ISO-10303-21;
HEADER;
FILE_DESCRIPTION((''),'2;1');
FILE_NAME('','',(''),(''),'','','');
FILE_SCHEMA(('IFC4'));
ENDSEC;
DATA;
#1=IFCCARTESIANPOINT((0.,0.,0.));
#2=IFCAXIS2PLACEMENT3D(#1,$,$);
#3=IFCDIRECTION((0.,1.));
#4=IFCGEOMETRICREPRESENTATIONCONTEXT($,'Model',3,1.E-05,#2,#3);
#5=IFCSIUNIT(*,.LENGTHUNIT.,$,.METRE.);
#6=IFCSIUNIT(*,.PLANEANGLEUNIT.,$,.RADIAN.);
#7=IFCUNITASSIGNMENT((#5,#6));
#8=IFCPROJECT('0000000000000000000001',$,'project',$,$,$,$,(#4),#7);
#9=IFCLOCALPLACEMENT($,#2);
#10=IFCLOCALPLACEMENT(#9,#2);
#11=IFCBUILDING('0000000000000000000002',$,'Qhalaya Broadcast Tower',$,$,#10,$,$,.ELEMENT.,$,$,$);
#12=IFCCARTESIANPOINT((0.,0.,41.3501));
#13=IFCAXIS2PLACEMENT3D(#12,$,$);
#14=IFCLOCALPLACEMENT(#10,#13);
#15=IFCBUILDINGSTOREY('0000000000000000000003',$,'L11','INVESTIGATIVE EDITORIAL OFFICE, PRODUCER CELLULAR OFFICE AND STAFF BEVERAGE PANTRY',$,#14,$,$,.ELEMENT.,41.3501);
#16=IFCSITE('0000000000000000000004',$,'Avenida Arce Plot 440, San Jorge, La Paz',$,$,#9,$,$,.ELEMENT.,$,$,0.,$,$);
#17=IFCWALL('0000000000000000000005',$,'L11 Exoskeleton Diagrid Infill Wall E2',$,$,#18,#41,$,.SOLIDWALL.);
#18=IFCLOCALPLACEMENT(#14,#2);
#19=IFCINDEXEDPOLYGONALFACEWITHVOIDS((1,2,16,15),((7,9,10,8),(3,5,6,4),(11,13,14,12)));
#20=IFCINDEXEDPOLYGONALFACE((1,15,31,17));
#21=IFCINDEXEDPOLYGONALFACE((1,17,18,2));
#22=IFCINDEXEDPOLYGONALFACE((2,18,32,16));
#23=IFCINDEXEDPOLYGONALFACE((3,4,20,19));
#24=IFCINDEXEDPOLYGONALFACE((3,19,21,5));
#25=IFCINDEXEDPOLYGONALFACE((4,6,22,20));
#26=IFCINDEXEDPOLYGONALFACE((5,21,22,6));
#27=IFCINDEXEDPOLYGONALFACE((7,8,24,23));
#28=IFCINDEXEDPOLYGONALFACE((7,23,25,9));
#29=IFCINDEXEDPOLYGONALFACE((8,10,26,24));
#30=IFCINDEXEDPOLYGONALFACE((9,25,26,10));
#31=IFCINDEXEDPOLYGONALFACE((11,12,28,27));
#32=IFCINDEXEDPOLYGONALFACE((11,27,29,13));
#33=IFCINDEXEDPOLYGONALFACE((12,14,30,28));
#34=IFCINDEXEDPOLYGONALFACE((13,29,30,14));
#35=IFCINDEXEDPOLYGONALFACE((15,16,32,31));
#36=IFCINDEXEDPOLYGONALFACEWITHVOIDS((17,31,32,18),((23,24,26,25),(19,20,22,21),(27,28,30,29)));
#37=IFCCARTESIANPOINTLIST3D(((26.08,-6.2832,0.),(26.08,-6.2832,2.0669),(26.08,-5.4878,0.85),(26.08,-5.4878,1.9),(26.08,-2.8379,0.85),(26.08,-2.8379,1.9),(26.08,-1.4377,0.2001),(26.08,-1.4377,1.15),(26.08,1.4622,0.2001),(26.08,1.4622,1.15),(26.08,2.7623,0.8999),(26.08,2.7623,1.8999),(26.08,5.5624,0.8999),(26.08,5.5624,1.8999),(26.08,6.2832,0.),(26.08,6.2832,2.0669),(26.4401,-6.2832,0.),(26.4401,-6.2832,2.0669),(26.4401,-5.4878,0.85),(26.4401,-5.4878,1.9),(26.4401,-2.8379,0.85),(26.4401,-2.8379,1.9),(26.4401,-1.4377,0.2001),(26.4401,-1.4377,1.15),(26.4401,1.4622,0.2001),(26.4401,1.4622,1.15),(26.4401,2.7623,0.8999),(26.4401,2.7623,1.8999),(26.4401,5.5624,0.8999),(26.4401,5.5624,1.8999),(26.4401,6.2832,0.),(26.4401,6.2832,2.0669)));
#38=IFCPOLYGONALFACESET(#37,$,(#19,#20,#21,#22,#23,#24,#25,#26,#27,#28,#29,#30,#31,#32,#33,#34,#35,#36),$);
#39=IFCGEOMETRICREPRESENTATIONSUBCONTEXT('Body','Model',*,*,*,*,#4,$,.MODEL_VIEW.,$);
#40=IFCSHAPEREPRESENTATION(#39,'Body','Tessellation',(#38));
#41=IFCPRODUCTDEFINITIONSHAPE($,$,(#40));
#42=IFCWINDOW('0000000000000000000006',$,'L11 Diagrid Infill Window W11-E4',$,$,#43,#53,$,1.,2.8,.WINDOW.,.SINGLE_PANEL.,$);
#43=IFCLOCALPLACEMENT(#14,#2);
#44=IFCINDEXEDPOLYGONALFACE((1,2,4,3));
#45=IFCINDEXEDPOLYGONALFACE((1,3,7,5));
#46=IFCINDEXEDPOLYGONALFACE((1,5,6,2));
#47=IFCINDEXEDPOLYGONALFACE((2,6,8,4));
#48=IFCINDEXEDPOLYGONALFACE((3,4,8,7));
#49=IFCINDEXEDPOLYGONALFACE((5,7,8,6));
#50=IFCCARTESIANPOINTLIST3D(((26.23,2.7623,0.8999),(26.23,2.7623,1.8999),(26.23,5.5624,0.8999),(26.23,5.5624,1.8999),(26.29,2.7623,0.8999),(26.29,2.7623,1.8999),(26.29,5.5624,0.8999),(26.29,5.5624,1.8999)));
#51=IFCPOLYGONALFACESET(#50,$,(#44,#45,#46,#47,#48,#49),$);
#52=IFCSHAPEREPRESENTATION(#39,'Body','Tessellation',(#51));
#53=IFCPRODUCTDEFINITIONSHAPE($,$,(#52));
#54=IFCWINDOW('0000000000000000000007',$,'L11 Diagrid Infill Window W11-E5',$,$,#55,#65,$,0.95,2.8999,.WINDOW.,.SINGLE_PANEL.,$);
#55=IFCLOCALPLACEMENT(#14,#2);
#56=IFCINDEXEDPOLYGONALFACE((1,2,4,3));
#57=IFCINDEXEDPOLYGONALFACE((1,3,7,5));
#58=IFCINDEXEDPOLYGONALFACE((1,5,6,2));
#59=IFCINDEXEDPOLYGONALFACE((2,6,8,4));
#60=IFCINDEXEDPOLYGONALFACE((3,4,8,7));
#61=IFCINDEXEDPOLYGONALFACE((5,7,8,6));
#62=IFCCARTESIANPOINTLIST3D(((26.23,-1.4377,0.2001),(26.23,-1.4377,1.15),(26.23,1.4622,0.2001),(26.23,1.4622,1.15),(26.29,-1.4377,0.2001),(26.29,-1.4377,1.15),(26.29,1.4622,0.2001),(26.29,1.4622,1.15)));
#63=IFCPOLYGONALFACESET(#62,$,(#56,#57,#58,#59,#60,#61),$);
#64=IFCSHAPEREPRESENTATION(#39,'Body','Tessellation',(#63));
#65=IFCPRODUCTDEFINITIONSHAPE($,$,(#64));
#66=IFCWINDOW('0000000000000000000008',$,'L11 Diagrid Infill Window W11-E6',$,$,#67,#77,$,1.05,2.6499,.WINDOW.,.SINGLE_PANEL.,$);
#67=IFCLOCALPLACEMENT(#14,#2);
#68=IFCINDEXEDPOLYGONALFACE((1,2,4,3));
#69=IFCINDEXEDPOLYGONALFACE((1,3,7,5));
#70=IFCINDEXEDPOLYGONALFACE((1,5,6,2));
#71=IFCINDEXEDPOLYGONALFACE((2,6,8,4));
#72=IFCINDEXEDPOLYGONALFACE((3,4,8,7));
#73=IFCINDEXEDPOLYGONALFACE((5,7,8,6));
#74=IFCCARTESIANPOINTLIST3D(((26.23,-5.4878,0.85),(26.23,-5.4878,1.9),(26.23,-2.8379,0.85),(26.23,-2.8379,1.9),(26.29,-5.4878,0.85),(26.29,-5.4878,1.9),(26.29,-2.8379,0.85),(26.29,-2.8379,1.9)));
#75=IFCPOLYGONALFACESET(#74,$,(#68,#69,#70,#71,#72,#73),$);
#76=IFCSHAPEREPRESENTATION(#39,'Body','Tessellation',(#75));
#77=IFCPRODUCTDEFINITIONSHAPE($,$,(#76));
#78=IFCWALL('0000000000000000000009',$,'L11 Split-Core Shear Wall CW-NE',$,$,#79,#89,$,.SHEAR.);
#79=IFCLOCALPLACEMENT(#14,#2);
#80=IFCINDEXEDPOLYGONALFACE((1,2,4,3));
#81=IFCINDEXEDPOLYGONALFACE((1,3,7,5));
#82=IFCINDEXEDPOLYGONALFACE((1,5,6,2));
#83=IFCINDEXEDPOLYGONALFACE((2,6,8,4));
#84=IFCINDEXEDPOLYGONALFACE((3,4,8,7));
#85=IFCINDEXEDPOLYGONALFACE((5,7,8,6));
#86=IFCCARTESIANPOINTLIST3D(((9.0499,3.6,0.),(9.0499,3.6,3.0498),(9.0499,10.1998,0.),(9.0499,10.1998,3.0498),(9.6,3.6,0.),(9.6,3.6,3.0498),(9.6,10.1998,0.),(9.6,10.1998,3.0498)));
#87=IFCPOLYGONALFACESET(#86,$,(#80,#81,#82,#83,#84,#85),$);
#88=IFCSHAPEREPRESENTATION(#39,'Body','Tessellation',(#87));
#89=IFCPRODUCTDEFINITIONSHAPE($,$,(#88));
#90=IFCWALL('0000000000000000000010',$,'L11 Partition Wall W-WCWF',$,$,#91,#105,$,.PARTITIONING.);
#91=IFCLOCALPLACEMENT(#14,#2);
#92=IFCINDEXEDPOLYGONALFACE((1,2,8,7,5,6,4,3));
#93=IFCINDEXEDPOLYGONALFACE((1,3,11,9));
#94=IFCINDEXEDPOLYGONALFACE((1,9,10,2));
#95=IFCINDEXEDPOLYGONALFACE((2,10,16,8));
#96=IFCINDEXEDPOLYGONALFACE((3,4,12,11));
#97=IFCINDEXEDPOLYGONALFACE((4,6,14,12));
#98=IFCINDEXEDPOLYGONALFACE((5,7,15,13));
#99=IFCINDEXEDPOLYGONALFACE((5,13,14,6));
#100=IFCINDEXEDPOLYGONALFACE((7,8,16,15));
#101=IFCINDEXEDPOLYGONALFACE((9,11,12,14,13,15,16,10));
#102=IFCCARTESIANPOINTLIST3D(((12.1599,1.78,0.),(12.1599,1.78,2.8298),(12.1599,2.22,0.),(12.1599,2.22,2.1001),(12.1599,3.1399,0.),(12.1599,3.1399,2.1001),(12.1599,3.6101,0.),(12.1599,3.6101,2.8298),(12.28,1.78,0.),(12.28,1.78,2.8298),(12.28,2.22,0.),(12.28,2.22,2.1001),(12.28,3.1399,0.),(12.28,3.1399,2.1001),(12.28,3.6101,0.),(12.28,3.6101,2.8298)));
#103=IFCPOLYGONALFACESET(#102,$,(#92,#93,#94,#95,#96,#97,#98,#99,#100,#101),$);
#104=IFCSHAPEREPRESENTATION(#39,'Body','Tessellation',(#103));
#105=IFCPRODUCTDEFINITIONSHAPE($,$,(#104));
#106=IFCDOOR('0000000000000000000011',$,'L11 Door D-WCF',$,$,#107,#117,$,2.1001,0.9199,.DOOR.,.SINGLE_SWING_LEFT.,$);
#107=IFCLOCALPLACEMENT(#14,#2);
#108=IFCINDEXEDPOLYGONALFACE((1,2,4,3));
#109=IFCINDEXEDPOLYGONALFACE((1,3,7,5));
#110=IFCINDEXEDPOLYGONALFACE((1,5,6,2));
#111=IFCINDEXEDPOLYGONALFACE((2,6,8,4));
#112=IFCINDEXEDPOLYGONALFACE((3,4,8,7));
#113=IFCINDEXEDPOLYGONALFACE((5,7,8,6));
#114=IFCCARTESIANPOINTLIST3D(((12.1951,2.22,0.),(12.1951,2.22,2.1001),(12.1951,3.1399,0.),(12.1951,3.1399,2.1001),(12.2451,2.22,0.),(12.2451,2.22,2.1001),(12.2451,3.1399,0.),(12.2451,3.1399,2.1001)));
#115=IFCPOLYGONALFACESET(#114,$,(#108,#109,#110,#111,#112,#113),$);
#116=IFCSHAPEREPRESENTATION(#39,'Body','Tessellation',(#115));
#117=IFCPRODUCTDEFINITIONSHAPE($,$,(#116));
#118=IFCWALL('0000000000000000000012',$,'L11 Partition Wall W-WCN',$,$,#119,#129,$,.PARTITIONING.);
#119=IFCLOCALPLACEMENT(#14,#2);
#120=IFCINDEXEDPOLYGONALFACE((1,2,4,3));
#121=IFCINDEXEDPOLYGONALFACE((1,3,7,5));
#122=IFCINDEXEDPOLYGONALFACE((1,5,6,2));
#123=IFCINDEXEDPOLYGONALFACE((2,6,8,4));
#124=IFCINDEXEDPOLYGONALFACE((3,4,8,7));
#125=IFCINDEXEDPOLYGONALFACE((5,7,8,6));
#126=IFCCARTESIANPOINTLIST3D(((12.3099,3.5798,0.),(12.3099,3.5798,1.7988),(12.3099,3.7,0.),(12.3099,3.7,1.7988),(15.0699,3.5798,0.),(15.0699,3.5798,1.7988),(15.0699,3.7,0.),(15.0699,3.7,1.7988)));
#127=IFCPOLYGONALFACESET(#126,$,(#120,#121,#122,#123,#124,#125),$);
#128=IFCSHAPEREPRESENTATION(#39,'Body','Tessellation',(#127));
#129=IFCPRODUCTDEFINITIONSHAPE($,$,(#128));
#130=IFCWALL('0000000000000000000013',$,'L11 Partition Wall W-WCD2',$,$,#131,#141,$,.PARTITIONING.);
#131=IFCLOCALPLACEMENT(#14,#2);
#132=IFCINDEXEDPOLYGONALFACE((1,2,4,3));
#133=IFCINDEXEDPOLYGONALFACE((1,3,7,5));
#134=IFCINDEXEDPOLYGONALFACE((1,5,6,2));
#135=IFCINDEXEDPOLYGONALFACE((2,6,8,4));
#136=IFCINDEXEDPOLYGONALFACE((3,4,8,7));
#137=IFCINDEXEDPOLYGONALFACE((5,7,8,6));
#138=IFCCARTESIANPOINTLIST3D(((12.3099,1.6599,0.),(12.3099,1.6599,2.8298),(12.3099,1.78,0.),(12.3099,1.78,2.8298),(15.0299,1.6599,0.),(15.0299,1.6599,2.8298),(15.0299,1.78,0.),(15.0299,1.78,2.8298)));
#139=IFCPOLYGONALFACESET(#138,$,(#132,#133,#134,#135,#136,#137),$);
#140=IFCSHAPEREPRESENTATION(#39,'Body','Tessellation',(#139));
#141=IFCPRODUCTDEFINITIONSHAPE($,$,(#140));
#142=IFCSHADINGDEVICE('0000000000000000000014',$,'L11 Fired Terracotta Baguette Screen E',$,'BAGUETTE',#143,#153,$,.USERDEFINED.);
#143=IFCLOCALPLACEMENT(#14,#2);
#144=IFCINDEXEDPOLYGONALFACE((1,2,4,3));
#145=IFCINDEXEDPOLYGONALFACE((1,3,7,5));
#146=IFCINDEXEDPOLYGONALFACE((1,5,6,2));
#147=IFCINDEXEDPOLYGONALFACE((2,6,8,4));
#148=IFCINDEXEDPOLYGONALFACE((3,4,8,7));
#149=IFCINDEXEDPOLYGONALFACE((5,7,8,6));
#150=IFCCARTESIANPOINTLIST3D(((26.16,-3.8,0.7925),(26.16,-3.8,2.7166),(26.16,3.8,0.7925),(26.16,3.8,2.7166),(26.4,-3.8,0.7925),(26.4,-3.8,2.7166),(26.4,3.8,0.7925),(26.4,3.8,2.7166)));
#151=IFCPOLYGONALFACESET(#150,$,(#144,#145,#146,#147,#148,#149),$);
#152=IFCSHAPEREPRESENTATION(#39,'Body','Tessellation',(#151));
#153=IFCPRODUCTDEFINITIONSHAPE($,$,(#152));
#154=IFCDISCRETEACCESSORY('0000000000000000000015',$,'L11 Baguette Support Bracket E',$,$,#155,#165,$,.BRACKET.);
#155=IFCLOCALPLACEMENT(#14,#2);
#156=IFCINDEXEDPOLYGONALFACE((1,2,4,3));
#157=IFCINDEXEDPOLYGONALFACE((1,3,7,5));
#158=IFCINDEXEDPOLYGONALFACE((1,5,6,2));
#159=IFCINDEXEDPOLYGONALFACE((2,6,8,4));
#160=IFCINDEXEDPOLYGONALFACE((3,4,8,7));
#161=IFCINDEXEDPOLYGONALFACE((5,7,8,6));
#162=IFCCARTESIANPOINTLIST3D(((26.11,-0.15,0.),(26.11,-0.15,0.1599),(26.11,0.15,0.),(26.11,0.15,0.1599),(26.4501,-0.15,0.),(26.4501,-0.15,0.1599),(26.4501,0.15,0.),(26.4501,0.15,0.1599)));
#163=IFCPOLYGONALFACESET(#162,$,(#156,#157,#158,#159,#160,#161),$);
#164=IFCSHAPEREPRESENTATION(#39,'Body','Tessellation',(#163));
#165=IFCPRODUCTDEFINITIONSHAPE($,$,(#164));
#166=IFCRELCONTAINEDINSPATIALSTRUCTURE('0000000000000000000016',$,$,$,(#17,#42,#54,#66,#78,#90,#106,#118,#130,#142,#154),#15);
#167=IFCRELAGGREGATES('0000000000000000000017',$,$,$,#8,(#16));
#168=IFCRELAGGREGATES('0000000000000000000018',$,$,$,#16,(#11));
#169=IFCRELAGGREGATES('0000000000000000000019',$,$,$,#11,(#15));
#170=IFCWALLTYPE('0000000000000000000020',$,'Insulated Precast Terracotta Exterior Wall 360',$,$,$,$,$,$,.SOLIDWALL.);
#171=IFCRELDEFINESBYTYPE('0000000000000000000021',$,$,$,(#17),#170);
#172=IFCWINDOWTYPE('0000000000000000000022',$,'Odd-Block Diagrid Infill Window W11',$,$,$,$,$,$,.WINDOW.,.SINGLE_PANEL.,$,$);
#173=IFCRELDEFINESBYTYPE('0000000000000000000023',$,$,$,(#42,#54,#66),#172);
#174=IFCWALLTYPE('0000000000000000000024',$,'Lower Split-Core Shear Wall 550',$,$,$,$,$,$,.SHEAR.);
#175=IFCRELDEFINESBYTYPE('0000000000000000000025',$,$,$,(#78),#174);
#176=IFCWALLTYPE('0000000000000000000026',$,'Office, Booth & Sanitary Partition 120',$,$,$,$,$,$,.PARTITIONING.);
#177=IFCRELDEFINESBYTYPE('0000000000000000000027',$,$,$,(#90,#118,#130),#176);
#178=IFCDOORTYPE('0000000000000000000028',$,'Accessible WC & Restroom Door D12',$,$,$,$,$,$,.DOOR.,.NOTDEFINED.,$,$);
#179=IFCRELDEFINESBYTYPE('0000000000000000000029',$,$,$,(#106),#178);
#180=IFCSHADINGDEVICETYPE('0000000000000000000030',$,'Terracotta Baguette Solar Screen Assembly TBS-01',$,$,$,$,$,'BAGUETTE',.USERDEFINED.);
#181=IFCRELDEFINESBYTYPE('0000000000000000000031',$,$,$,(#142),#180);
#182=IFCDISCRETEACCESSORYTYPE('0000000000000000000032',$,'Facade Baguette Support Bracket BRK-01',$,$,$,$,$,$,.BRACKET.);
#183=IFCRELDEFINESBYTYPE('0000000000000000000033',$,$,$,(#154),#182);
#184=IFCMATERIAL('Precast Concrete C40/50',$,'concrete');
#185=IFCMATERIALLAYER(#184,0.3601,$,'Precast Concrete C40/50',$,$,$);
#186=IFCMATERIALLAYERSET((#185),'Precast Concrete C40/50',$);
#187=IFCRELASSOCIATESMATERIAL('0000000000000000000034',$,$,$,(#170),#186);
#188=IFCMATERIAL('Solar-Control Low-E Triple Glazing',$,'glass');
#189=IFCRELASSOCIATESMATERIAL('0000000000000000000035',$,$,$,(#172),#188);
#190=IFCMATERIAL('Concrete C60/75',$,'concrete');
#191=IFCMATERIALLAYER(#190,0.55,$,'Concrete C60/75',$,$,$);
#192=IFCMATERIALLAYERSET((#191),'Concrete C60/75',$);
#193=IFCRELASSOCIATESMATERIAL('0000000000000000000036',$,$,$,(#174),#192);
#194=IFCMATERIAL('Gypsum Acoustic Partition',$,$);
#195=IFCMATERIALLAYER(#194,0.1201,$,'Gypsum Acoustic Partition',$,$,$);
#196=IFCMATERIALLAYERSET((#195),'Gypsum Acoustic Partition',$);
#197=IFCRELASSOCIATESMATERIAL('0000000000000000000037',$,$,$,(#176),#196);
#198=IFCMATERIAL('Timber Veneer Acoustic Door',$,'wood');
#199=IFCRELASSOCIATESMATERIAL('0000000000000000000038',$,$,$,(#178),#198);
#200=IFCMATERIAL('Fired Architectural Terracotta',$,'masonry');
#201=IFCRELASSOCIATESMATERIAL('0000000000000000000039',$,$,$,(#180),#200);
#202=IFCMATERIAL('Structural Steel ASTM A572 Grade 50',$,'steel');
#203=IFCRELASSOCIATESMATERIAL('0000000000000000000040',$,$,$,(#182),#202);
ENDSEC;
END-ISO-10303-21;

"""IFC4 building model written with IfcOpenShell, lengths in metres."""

from ifc_helpers import new_model, si_unit, direction, frame, frame_2d, origin, origin_2d, place, context, subcontext, project, spatial, rectangle, extrude, material, layer, layer_set, type_object, element, fill, save


model = new_model("IFC4")

# Units and contexts
model_context = context("Model", 3, precision=1e-05, world=origin(), true_north=direction((0.0, 1.0)))
body_context = subcontext(model_context, "Body", "Model", "MODEL_VIEW")
ifc_project = project(units=[si_unit("LENGTHUNIT", "METRE"), si_unit("PLANEANGLEUNIT", "RADIAN")], contexts=[model_context])

# Site, building, storey
site_placement = place(None, origin())
site = spatial("IfcSite", under=ifc_project, at=site_placement, Name="Avenida Arce Plot 440, San Jorge, La Paz", CompositionType="ELEMENT", RefElevation=0.0)
building_placement = place(site_placement, origin())
building = spatial("IfcBuilding", under=site, at=building_placement, Name="Qhalaya Broadcast Tower", CompositionType="ELEMENT")
storey_placement = place(building_placement, frame((0.0, 0.0, 41.3501)))
storey = spatial("IfcBuildingStorey", under=building, at=storey_placement, Name="L11", Description="INVESTIGATIVE EDITORIAL OFFICE, PRODUCER CELLULAR OFFICE AND STAFF BEVERAGE PANTRY", CompositionType="ELEMENT", Elevation=41.3501)

# Shared definitions
ifc_material_1 = material(Name="Gypsum Acoustic Partition")
ifc_material_2 = material(Name="Timber Veneer Acoustic Door", Category="wood")

# Wall, openings, windows
ifc_material_3 = material(Name="Precast Concrete C40/50", Category="concrete")
ifc_layer_1 = layer(ifc_material_3, 0.3601, Name="Precast Concrete C40/50")
ifc_layer_set_1 = layer_set([ifc_layer_1], Name="Precast Concrete C40/50")
wall_type_1 = type_object("IfcWallType", Name="Insulated Precast Terracotta Exterior Wall 360", PredefinedType="SOLIDWALL", material=ifc_layer_set_1)
wall_1_placement = place(storey_placement, frame((26.26, 6.2832, 0.0), z_axis=(0.0, 0.0, 1.0), x_axis=(0.0, -1.0, 0.0)))
wall_1 = element("IfcWall", 1, at=wall_1_placement, inside=storey, type_object=wall_type_1, Name="L11 Exoskeleton Diagrid Infill Wall E2", PredefinedType="SOLIDWALL", context=body_context, shape_type="SweptSolid", body=[
    extrude(rectangle(XDim=12.5664, YDim=0.3601, at=frame_2d((6.2832, 0.0))), origin(), (0.0, 0.0, 1.0), 2.0669),
])
opening_1_placement = place(wall_1_placement, frame((0.7209, 0.0, 0.8999)))
opening_1 = element("IfcOpeningElement", 2, at=opening_1_placement, cuts=wall_1, PredefinedType="OPENING", context=body_context, shape_type="SweptSolid", body=[
    extrude(rectangle(XDim=2.8, YDim=1.0, at=frame_2d((1.3999, 0.5))), frame((0.0, 0.1921, 0.0), z_axis=(0.0, -1.0, 0.0), x_axis=(1.0, 0.0, 0.0)), (0.0, 0.0, 1.0), 0.384),
])
opening_2_placement = place(wall_1_placement, frame((4.821, 0.0, 0.2)))
opening_2 = element("IfcOpeningElement", 3, at=opening_2_placement, cuts=wall_1, PredefinedType="OPENING", context=body_context, shape_type="SweptSolid", body=[
    extrude(rectangle(XDim=2.8999, YDim=0.95, at=frame_2d((1.45, 0.4751))), frame((0.0, 0.1921, 0.0), z_axis=(0.0, -1.0, 0.0), x_axis=(1.0, 0.0, 0.0)), (0.0, 0.0, 1.0), 0.384),
])
opening_3_placement = place(wall_1_placement, frame((9.1211, 0.0, 0.8501)))
opening_3 = element("IfcOpeningElement", 4, at=opening_3_placement, cuts=wall_1, PredefinedType="OPENING", context=body_context, shape_type="SweptSolid", body=[
    extrude(rectangle(XDim=2.6499, YDim=1.05, at=frame_2d((1.325, 0.5249))), frame((0.0, 0.1921, 0.0), z_axis=(0.0, -1.0, 0.0), x_axis=(1.0, 0.0, 0.0)), (0.0, 0.0, 1.0), 0.384),
])
ifc_material_4 = material(Name="Solar-Control Low-E Triple Glazing", Category="glass")
window_type = type_object("IfcWindowType", Name="Odd-Block Diagrid Infill Window W11", PartitioningType="SINGLE_PANEL", PredefinedType="WINDOW", material=ifc_material_4)
window_1_placement = place(opening_1_placement, origin())
window_1 = element("IfcWindow", 5, at=window_1_placement, inside=storey, type_object=window_type, Name="L11 Diagrid Infill Window W11-E4", OverallHeight=1.0, OverallWidth=2.8, PartitioningType="SINGLE_PANEL", PredefinedType="WINDOW", context=body_context, shape_type="SweptSolid", body=[
    extrude(rectangle(XDim=2.8, YDim=1.0, at=frame_2d((1.3999, 0.5))), frame((0.0, 0.03, 0.0), z_axis=(0.0, -1.0, 0.0), x_axis=(1.0, 0.0, 0.0)), (0.0, 0.0, 1.0), 0.0601),
])
fill(opening_1, window_1)
window_2_placement = place(opening_2_placement, origin())
window_2 = element("IfcWindow", 6, at=window_2_placement, inside=storey, type_object=window_type, Name="L11 Diagrid Infill Window W11-E5", OverallHeight=0.95, OverallWidth=2.8999, PartitioningType="SINGLE_PANEL", PredefinedType="WINDOW", context=body_context, shape_type="SweptSolid", body=[
    extrude(rectangle(XDim=2.8999, YDim=0.95, at=frame_2d((1.45, 0.4751))), frame((0.0, 0.03, 0.0), z_axis=(0.0, -1.0, 0.0), x_axis=(1.0, 0.0, 0.0)), (0.0, 0.0, 1.0), 0.0601),
])
fill(opening_2, window_2)
window_3_placement = place(opening_3_placement, origin())
window_3 = element("IfcWindow", 7, at=window_3_placement, inside=storey, type_object=window_type, Name="L11 Diagrid Infill Window W11-E6", OverallHeight=1.05, OverallWidth=2.6499, PartitioningType="SINGLE_PANEL", PredefinedType="WINDOW", context=body_context, shape_type="SweptSolid", body=[
    extrude(rectangle(XDim=2.6499, YDim=1.05, at=frame_2d((1.325, 0.5249))), frame((0.0, 0.03, 0.0), z_axis=(0.0, -1.0, 0.0), x_axis=(1.0, 0.0, 0.0)), (0.0, 0.0, 1.0), 0.0601),
])
fill(opening_3, window_3)

# Wall
ifc_material_5 = material(Name="Concrete C60/75", Category="concrete")
ifc_layer_2 = layer(ifc_material_5, 0.55, Name="Concrete C60/75")
ifc_layer_set_2 = layer_set([ifc_layer_2], Name="Concrete C60/75")
wall_type_2 = type_object("IfcWallType", Name="Lower Split-Core Shear Wall 550", PredefinedType="SHEAR", material=ifc_layer_set_2)
wall_2_placement = place(storey_placement, frame((9.325, 3.6001, 0.0), z_axis=(0.0, 0.0, 1.0), x_axis=(0.0, 1.0, 0.0)))
element("IfcWall", 8, at=wall_2_placement, inside=storey, type_object=wall_type_2, Name="L11 Split-Core Shear Wall CW-NE", PredefinedType="SHEAR", context=body_context, shape_type="SweptSolid", body=[
    extrude(rectangle(XDim=6.5999, YDim=0.55, at=frame_2d((3.2998, 0.0))), origin(), (0.0, 0.0, 1.0), 3.0498),
])

# Wall, opening, door
ifc_layer_3 = layer(ifc_material_1, 0.1201, Name="Gypsum Acoustic Partition")
ifc_layer_set_3 = layer_set([ifc_layer_3], Name="Gypsum Acoustic Partition")
wall_type_3 = type_object("IfcWallType", Name="Office, Booth & Sanitary Partition 120", PredefinedType="PARTITIONING", material=ifc_layer_set_3)
wall_3_placement = place(storey_placement, frame((12.22, 1.78, 0.0), z_axis=(0.0, 0.0, 1.0), x_axis=(0.0, 1.0, 0.0)))
wall_3 = element("IfcWall", 9, at=wall_3_placement, inside=storey, type_object=wall_type_3, Name="L11 Partition Wall W-WCWF", PredefinedType="PARTITIONING", context=body_context, shape_type="SweptSolid", body=[
    extrude(rectangle(XDim=1.8301, YDim=0.1201, at=frame_2d((0.915, 0.0))), origin(), (0.0, 0.0, 1.0), 2.8298),
])
opening_4_placement = place(wall_3_placement, frame((0.4399, 0.0, 0.0)))
opening_4 = element("IfcOpeningElement", 10, at=opening_4_placement, cuts=wall_3, PredefinedType="OPENING", context=body_context, shape_type="SweptSolid", body=[
    extrude(rectangle(XDim=0.9199, YDim=2.1001, at=frame_2d((0.46, 1.05))), frame((0.0, 0.072, 0.0), z_axis=(0.0, -1.0, 0.0), x_axis=(1.0, 0.0, 0.0)), (0.0, 0.0, 1.0), 0.144),
])
door_type_1 = type_object("IfcDoorType", Name="Accessible WC & Restroom Door D12", OperationType="NOTDEFINED", PredefinedType="DOOR", material=ifc_material_2)
door_1_placement = place(opening_4_placement, origin())
door_1 = element("IfcDoor", 11, at=door_1_placement, inside=storey, type_object=door_type_1, Name="L11 Door D-WCF", OperationType="SINGLE_SWING_LEFT", OverallHeight=2.1001, OverallWidth=0.9199, PredefinedType="DOOR", context=body_context, shape_type="SweptSolid", body=[
    extrude(rectangle(XDim=0.9199, YDim=2.1001, at=frame_2d((0.46, 1.05))), frame((0.0, 0.0249, 0.0), z_axis=(0.0, -1.0, 0.0), x_axis=(1.0, 0.0, 0.0)), (0.0, 0.0, 1.0), 0.05),
])
fill(opening_4, door_1)

# Walls
wall_4_placement = place(storey_placement, frame((12.3101, 3.6399, 0.0), z_axis=(0.0, 0.0, 1.0), x_axis=(1.0, 0.0, 0.0)))
element("IfcWall", 12, at=wall_4_placement, inside=storey, type_object=wall_type_3, Name="L11 Partition Wall W-WCN", PredefinedType="PARTITIONING", context=body_context, shape_type="SweptSolid", body=[
    extrude(rectangle(XDim=2.76, YDim=0.1201, at=frame_2d((1.3799, 0.0))), origin(), (0.0, 0.0, 1.0), 1.7988),
])
wall_5_placement = place(storey_placement, frame((12.3101, 1.72, 0.0), z_axis=(0.0, 0.0, 1.0), x_axis=(1.0, 0.0, 0.0)))
element("IfcWall", 13, at=wall_5_placement, inside=storey, type_object=wall_type_3, Name="L11 Partition Wall W-WCD2", PredefinedType="PARTITIONING", context=body_context, shape_type="SweptSolid", body=[
    extrude(rectangle(XDim=2.72, YDim=0.1201, at=frame_2d((1.3599, 0.0))), origin(), (0.0, 0.0, 1.0), 2.8298),
])

# Shading device
ifc_material_6 = material(Name="Fired Architectural Terracotta", Category="masonry")
shading_device_type = type_object("IfcShadingDeviceType", Name="Terracotta Baguette Solar Screen Assembly TBS-01", ElementType="BAGUETTE", PredefinedType="USERDEFINED", material=ifc_material_6)
shading_device_placement = place(storey_placement, frame((26.28, 0.0, 0.7925), z_axis=(0.0, 0.0, 1.0), x_axis=(0.0, 1.0, 0.0)))
element("IfcShadingDevice", 14, at=shading_device_placement, inside=storey, type_object=shading_device_type, Name="L11 Fired Terracotta Baguette Screen E", ObjectType="BAGUETTE", PredefinedType="USERDEFINED", context=body_context, shape_type="SweptSolid", body=[
    extrude(rectangle(XDim=7.6001, YDim=0.24, at=origin_2d()), origin(), (0.0, 0.0, 1.0), 1.9241),
])

# Discrete accessory
ifc_material_7 = material(Name="Structural Steel ASTM A572 Grade 50", Category="steel")
discrete_accessory_type = type_object("IfcDiscreteAccessoryType", Name="Facade Baguette Support Bracket BRK-01", PredefinedType="BRACKET", material=ifc_material_7)
discrete_accessory_placement = place(storey_placement, frame((26.28, 0.0, 0.0), z_axis=(0.0, 0.0, 1.0), x_axis=(0.0, 1.0, 0.0)))
element("IfcDiscreteAccessory", 15, at=discrete_accessory_placement, inside=storey, type_object=discrete_accessory_type, Name="L11 Baguette Support Bracket E", PredefinedType="BRACKET", context=body_context, shape_type="SweptSolid", body=[
    extrude(rectangle(XDim=0.3, YDim=0.3401, at=origin_2d()), origin(), (0.0, 0.0, 1.0), 0.1599),
])

save(model, "model.ifc")
